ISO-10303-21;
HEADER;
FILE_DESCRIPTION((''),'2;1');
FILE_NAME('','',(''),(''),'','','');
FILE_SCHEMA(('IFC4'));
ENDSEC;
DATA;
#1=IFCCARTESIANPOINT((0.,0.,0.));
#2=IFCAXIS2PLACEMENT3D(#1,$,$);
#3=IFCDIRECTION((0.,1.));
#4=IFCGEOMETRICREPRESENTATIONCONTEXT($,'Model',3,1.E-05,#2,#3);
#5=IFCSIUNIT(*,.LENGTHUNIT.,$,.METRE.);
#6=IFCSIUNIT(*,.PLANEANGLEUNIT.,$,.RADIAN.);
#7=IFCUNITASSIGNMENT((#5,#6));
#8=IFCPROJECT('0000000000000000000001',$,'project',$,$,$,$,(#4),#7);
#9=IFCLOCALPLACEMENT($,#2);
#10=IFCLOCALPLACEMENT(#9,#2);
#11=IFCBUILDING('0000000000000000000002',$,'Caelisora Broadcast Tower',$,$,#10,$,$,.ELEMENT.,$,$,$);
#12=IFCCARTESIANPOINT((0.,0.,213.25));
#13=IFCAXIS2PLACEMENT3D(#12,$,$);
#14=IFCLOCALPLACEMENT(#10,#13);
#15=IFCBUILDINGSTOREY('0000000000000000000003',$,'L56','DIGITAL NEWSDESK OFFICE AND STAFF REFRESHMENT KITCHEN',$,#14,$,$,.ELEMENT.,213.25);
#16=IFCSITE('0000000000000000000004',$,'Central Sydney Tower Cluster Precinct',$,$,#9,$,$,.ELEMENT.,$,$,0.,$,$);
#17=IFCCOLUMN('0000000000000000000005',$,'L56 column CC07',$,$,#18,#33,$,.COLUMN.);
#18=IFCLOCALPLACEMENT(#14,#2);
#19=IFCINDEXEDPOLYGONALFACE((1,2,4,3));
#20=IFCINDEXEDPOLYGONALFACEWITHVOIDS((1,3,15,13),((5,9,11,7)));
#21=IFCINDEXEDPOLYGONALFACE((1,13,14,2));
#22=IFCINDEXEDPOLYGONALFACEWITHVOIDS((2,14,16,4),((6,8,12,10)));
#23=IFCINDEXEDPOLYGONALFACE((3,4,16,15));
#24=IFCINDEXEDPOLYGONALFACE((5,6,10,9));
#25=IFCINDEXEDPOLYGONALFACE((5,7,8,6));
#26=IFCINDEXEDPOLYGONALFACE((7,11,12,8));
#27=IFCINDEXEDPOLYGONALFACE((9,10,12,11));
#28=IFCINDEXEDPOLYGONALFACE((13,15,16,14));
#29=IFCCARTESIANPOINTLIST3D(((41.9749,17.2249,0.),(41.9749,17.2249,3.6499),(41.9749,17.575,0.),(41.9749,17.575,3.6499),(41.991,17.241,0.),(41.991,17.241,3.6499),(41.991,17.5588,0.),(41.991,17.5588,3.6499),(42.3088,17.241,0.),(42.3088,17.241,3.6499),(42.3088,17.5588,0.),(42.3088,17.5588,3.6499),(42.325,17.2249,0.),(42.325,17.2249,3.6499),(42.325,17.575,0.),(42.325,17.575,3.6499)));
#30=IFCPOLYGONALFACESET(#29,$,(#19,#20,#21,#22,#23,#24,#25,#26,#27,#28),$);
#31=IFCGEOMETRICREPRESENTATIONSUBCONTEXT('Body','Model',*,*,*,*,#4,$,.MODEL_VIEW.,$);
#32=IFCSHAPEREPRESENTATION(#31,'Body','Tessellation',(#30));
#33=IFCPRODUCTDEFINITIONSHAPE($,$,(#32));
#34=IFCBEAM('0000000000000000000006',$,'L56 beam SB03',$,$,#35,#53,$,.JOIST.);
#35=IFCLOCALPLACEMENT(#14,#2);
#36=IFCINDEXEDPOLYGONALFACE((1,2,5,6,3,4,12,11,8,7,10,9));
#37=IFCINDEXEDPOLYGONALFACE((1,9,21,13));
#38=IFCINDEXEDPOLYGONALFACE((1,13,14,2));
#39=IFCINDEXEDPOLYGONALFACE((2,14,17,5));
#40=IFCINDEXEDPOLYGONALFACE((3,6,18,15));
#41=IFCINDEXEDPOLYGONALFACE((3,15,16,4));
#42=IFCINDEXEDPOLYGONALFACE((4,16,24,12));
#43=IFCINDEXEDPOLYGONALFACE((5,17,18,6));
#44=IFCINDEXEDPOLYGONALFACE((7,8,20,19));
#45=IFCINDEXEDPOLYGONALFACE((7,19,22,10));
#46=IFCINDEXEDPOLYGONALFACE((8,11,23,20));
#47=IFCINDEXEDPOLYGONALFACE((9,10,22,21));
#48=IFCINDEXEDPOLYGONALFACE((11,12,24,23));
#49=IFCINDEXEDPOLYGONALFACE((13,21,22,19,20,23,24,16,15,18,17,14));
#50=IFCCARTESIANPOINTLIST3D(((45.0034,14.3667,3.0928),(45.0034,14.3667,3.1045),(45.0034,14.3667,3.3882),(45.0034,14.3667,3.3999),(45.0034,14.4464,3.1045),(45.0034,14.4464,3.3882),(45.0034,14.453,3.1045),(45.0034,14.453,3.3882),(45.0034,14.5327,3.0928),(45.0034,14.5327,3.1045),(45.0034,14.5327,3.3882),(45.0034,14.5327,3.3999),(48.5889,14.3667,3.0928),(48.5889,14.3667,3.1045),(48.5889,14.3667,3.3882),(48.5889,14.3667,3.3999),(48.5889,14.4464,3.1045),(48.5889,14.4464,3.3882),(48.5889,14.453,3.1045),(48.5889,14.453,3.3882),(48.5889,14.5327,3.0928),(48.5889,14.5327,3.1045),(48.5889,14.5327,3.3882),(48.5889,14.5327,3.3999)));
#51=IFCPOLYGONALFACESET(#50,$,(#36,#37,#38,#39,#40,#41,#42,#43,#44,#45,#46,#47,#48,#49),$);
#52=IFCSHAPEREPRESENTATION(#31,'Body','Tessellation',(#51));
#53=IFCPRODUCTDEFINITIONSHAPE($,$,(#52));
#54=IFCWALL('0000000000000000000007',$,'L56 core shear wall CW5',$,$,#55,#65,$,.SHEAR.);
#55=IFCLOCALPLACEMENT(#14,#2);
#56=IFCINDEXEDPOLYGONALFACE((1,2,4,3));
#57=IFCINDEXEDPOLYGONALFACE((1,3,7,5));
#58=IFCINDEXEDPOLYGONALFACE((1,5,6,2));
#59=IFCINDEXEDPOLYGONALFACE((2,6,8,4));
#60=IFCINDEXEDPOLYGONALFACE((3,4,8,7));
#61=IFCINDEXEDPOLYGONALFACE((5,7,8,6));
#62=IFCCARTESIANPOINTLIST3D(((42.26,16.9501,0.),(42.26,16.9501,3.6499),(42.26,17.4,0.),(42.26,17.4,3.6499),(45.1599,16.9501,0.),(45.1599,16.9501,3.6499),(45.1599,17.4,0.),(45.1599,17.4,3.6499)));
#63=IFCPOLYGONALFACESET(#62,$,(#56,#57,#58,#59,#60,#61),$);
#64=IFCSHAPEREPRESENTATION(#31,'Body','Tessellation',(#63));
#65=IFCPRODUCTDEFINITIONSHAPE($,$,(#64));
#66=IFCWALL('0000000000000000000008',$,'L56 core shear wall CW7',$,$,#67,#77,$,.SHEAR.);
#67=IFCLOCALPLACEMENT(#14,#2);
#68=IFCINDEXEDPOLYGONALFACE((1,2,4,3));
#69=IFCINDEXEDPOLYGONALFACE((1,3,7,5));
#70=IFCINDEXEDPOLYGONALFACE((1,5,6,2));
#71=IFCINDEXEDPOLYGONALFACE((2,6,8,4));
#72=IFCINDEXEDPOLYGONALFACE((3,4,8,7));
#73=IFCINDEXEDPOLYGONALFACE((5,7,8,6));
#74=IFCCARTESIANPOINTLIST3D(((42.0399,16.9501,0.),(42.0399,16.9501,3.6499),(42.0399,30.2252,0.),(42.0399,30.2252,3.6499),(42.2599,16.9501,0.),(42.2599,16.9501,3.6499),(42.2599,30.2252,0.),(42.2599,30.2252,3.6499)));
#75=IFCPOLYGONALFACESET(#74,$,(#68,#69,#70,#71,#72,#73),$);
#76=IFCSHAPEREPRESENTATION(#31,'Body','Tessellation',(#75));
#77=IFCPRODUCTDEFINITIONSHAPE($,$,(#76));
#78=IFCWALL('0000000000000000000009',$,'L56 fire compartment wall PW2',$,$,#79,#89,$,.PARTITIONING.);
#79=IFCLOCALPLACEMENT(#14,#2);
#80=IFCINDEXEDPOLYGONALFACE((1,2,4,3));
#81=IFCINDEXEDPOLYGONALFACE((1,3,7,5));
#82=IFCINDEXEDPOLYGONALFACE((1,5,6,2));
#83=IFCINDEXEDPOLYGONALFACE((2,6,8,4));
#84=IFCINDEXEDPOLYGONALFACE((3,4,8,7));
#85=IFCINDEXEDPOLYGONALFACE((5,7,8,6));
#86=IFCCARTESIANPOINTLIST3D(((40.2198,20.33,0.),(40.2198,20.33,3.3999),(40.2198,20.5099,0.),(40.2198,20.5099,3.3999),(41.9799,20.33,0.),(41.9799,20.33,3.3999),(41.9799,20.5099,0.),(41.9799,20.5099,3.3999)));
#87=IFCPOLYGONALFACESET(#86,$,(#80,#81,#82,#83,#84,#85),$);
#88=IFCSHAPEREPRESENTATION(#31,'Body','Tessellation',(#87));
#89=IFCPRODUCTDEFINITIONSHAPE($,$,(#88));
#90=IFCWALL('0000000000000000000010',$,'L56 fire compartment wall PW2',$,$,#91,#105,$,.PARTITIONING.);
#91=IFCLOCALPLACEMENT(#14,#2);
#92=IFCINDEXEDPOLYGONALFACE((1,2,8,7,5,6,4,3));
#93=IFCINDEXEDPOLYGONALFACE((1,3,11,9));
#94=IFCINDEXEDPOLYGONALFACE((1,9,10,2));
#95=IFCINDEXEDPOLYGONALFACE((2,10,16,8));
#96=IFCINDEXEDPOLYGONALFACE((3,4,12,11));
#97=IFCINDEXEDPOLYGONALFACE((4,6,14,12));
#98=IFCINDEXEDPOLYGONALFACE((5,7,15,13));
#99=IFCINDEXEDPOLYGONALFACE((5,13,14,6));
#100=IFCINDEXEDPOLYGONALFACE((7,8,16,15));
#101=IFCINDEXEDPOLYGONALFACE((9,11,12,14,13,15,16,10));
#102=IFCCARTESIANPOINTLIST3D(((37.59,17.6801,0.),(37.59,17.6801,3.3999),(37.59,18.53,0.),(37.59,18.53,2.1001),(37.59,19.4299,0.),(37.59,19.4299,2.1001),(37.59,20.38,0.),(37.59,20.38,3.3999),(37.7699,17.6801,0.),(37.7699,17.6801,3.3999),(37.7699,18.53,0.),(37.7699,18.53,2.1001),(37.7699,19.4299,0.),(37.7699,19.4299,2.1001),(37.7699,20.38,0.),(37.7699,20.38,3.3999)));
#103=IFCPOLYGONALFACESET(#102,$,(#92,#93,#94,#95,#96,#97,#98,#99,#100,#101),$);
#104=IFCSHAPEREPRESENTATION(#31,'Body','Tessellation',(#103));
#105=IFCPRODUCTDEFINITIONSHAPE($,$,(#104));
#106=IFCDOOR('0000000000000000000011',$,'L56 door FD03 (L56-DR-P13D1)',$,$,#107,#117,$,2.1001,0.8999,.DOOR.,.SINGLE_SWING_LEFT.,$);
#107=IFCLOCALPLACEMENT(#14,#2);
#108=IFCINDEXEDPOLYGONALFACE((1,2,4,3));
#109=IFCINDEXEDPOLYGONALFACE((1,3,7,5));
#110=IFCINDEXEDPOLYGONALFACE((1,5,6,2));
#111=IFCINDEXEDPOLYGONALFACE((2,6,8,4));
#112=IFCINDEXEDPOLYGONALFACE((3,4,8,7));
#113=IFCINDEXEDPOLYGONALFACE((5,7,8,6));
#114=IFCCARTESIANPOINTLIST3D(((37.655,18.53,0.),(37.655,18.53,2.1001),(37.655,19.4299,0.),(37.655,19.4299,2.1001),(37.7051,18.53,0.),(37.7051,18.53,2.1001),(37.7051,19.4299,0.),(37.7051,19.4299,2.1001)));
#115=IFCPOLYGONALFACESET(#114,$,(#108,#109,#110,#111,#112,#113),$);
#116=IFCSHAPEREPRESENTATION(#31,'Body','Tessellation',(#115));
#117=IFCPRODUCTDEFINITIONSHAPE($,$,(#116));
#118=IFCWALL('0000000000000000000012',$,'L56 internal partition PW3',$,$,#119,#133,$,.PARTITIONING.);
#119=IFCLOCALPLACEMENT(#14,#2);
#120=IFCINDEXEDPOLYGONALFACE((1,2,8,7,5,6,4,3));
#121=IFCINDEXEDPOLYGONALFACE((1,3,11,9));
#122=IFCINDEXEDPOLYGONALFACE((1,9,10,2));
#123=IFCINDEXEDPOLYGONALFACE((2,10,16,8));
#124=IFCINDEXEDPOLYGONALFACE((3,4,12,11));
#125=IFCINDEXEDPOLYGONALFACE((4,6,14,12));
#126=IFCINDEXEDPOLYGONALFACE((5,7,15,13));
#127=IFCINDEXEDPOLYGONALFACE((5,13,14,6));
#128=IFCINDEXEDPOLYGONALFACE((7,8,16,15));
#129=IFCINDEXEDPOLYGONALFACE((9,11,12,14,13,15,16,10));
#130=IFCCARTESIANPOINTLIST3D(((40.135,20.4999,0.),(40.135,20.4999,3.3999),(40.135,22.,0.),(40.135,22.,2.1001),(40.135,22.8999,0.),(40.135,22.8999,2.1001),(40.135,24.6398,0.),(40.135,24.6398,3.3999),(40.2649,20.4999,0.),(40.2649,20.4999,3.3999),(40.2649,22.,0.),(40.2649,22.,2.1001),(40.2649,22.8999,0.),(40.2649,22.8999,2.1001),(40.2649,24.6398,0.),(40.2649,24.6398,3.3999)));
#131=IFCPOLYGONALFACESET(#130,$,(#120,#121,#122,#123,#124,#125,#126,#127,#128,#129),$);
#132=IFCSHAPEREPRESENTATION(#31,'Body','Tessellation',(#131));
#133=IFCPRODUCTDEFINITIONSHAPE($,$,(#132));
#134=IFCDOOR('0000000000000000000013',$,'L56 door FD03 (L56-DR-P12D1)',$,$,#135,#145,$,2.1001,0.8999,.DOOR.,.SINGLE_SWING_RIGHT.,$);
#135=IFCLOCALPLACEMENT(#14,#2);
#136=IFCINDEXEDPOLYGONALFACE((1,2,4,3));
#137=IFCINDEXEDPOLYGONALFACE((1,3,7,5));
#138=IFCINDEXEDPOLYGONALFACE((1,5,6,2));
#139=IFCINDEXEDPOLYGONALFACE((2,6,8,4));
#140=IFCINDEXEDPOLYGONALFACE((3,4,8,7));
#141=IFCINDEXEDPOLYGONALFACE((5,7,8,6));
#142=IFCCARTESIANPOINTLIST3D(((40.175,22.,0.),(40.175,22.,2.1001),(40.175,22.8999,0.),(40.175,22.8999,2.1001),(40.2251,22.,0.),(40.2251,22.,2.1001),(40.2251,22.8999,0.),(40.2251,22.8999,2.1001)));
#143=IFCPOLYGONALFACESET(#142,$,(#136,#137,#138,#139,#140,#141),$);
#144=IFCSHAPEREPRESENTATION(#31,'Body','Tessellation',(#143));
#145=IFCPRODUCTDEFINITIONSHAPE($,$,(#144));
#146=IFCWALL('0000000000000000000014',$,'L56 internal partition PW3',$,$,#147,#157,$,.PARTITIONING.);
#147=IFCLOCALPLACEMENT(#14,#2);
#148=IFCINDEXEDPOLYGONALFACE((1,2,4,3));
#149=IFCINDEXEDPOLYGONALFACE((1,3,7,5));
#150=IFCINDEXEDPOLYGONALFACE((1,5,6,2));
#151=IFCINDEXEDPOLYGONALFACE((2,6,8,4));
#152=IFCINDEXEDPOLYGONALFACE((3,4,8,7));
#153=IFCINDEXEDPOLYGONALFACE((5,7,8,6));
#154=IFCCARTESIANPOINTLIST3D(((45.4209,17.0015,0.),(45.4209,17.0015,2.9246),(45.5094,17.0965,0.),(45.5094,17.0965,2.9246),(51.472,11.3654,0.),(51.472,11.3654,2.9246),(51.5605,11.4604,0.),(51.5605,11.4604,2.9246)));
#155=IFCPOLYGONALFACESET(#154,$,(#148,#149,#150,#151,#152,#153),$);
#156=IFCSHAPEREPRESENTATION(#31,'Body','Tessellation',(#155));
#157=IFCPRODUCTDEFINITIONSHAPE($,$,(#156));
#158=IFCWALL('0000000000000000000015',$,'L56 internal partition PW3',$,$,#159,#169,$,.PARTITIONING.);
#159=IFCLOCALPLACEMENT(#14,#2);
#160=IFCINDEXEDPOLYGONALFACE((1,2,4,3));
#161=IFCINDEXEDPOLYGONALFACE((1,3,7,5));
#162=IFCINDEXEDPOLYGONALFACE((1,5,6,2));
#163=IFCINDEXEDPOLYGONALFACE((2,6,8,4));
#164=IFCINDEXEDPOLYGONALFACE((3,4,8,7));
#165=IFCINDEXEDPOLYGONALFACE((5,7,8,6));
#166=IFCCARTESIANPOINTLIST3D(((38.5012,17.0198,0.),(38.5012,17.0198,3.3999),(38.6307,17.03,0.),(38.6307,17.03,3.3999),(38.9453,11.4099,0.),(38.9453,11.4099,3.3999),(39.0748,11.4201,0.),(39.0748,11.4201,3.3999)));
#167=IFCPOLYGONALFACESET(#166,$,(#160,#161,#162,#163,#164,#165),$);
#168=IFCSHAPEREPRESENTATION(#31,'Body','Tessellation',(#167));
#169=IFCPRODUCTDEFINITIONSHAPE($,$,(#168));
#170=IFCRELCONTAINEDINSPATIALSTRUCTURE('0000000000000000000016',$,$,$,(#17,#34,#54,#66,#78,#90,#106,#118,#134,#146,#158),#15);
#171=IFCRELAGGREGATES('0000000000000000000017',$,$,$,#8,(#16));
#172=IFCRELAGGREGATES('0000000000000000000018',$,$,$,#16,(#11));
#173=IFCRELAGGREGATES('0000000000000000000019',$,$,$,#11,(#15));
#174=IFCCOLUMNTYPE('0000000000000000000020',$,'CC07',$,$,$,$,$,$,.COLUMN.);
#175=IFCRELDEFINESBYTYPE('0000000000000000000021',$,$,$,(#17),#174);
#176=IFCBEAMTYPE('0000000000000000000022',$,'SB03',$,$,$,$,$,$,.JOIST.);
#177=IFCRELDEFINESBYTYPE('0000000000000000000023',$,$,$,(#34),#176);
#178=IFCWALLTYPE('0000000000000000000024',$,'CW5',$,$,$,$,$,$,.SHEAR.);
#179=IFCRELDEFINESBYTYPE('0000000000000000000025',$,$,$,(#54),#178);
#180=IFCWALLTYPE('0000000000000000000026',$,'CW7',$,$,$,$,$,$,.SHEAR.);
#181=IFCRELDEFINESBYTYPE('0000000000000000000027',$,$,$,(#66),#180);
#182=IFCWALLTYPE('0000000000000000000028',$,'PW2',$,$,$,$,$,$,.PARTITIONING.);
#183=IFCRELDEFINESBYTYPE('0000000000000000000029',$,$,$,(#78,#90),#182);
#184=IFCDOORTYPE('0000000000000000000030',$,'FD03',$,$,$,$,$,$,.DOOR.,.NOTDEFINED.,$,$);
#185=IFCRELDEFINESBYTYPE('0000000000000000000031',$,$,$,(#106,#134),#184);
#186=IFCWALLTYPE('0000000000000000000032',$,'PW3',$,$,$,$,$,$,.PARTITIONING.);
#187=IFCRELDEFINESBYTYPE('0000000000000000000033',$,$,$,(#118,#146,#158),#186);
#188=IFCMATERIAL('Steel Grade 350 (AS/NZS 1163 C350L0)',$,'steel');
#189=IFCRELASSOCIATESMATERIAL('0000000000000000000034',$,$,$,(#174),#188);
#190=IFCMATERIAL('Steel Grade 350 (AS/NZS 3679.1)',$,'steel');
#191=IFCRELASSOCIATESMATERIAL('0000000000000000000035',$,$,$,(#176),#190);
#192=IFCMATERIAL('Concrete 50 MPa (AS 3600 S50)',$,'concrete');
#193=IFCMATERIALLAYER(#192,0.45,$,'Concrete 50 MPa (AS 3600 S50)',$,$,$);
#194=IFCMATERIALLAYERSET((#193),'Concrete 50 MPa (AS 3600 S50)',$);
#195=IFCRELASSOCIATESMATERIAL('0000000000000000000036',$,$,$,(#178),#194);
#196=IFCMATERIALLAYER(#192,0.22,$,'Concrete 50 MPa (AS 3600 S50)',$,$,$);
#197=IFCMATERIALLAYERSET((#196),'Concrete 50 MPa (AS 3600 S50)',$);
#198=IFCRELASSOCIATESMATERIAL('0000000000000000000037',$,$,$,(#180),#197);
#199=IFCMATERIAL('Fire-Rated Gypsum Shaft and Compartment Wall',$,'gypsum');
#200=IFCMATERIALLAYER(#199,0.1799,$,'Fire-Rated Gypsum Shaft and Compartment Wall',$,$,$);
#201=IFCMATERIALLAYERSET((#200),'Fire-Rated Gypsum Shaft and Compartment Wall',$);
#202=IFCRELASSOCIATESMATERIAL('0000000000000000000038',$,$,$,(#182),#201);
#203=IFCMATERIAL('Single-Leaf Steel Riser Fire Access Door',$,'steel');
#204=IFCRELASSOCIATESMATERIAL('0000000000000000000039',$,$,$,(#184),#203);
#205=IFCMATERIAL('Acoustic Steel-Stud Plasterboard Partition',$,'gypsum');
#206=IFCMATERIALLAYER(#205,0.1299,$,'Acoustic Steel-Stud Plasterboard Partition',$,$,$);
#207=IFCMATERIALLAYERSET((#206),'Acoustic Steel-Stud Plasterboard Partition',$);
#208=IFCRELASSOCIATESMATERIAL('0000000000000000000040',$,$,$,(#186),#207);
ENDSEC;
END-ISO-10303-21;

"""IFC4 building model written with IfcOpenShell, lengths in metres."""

from ifc_helpers import new_model, si_unit, direction, frame, frame_2d, origin, origin_2d, place, context, subcontext, project, spatial, rectangle, hollow_rectangle, i_section, extrude, source, transform, mapped, material, layer, layer_set, material_profile, profile_set, type_object, type_shapes, element, fill, save


model = new_model("IFC4")

# Units and contexts
model_context = context("Model", 3, precision=1e-05, world=origin(), true_north=direction((0.0, 1.0)))
body_context = subcontext(model_context, "Body", "Model", "MODEL_VIEW")
ifc_project = project(units=[si_unit("LENGTHUNIT", "METRE"), si_unit("PLANEANGLEUNIT", "RADIAN")], contexts=[model_context])

# Site, building, storey
site_placement = place(None, origin())
site = spatial("IfcSite", under=ifc_project, at=site_placement, Name="Central Sydney Tower Cluster Precinct", CompositionType="ELEMENT", RefElevation=0.0)
building_placement = place(site_placement, origin())
building = spatial("IfcBuilding", under=site, at=building_placement, Name="Caelisora Broadcast Tower", CompositionType="ELEMENT")
storey_placement = place(building_placement, frame((0.0, 0.0, 213.25)))
storey = spatial("IfcBuildingStorey", under=building, at=storey_placement, Name="L56", Description="DIGITAL NEWSDESK OFFICE AND STAFF REFRESHMENT KITCHEN", CompositionType="ELEMENT", Elevation=213.25)

# Column
ifc_material_1 = material(Name="Steel Grade 350 (AS/NZS 1163 C350L0)", Category="steel")
ifc_material_profile_1 = material_profile(ifc_material_1, hollow_rectangle(XDim=0.3501, YDim=0.3501, WallThickness=0.0161, at=origin_2d()), Name="Steel Grade 350 (AS/NZS 1163 C350L0)")
ifc_profile_set_1 = profile_set([ifc_material_profile_1], Name="Steel Grade 350 (AS/NZS 1163 C350L0)")
column_type = type_object("IfcColumnType", Name="CC07", PredefinedType="COLUMN", material=ifc_profile_set_1)
shared_shape_1 = source(origin(), body_context, "Body", "SweptSolid", [
    extrude(hollow_rectangle(XDim=0.3501, YDim=0.3501, WallThickness=0.0161, at=origin_2d()), origin(), (0.0, 0.0, 1.0), 3.6499),
])
type_shapes(column_type, [shared_shape_1])
column_placement = place(storey_placement, frame((42.1499, 17.3999, 0.0), z_axis=(0.0, 0.0, 1.0), x_axis=(1.0, 0.0, 0.0)))
element("IfcColumn", 1, at=column_placement, inside=storey, type_object=column_type, Name="L56 column CC07", PredefinedType="COLUMN", context=body_context, shape_type="MappedRepresentation", body=[
    mapped(shared_shape_1, transform((0.0, 0.0, 0.0), scale=1.0)),
])

# Beam
ifc_material_2 = material(Name="Steel Grade 350 (AS/NZS 3679.1)", Category="steel")
ifc_material_profile_2 = material_profile(ifc_material_2, i_section(OverallWidth=0.166, OverallDepth=0.3071, WebThickness=0.0066, FlangeThickness=0.0117, at=origin_2d()), Name="Steel Grade 350 (AS/NZS 3679.1)")
ifc_profile_set_2 = profile_set([ifc_material_profile_2], Name="Steel Grade 350 (AS/NZS 3679.1)")
beam_type = type_object("IfcBeamType", Name="SB03", PredefinedType="JOIST", material=ifc_profile_set_2)
shared_shape_2 = source(origin(), body_context, "Body", "SweptSolid", [
    extrude(i_section(OverallWidth=0.166, OverallDepth=0.3071, WebThickness=0.0066, FlangeThickness=0.0117, at=origin_2d()), origin(), (0.0, 0.0, 1.0), 3.5854),
])
type_shapes(beam_type, [shared_shape_2])
beam_placement = place(storey_placement, frame((45.0034, 14.4497, 3.2463), z_axis=(1.0, 0.0, 0.0), x_axis=(0.0, 1.0, 0.0)))
element("IfcBeam", 2, at=beam_placement, inside=storey, type_object=beam_type, Name="L56 beam SB03", PredefinedType="JOIST", context=body_context, shape_type="MappedRepresentation", body=[
    mapped(shared_shape_2, transform((0.0, 0.0, 0.0), scale=1.0)),
])

# Shared definitions
ifc_material_3 = material(Name="Concrete 50 MPa (AS 3600 S50)", Category="concrete")

# Walls
ifc_layer_1 = layer(ifc_material_3, 0.45, Name="Concrete 50 MPa (AS 3600 S50)")
ifc_layer_set_1 = layer_set([ifc_layer_1], Name="Concrete 50 MPa (AS 3600 S50)")
wall_type_1 = type_object("IfcWallType", Name="CW5", PredefinedType="SHEAR", material=ifc_layer_set_1)
wall_1_placement = place(storey_placement, frame((42.26, 17.175, 0.0), z_axis=(0.0, 0.0, 1.0), x_axis=(1.0, 0.0, 0.0)))
element("IfcWall", 3, at=wall_1_placement, inside=storey, type_object=wall_type_1, Name="L56 core shear wall CW5", PredefinedType="SHEAR", context=body_context, shape_type="SweptSolid", body=[
    extrude(rectangle(XDim=2.8999, YDim=0.45, at=frame_2d((1.45, 0.0))), origin(), (0.0, 0.0, 1.0), 3.6499),
])
ifc_layer_2 = layer(ifc_material_3, 0.22, Name="Concrete 50 MPa (AS 3600 S50)")
ifc_layer_set_2 = layer_set([ifc_layer_2], Name="Concrete 50 MPa (AS 3600 S50)")
wall_type_2 = type_object("IfcWallType", Name="CW7", PredefinedType="SHEAR", material=ifc_layer_set_2)
wall_2_placement = place(storey_placement, frame((42.1499, 16.95, 0.0), z_axis=(0.0, 0.0, 1.0), x_axis=(0.0, 1.0, 0.0)))
element("IfcWall", 4, at=wall_2_placement, inside=storey, type_object=wall_type_2, Name="L56 core shear wall CW7", PredefinedType="SHEAR", context=body_context, shape_type="SweptSolid", body=[
    extrude(rectangle(XDim=13.2751, YDim=0.22, at=frame_2d((6.6377, 0.0))), origin(), (0.0, 0.0, 1.0), 3.6499),
])
ifc_material_4 = material(Name="Fire-Rated Gypsum Shaft and Compartment Wall", Category="gypsum")
ifc_layer_3 = layer(ifc_material_4, 0.1799, Name="Fire-Rated Gypsum Shaft and Compartment Wall")
ifc_layer_set_3 = layer_set([ifc_layer_3], Name="Fire-Rated Gypsum Shaft and Compartment Wall")
wall_type_3 = type_object("IfcWallType", Name="PW2", PredefinedType="PARTITIONING", material=ifc_layer_set_3)
wall_3_placement = place(storey_placement, frame((40.22, 20.4199, 0.0), z_axis=(0.0, 0.0, 1.0), x_axis=(1.0, 0.0, 0.0)))
element("IfcWall", 5, at=wall_3_placement, inside=storey, type_object=wall_type_3, Name="L56 fire compartment wall PW2", PredefinedType="PARTITIONING", context=body_context, shape_type="SweptSolid", body=[
    extrude(rectangle(XDim=1.76, YDim=0.1799, at=frame_2d((0.8799, 0.0))), origin(), (0.0, 0.0, 1.0), 3.3999),
])

# Walls, openings, doors
wall_4_placement = place(storey_placement, frame((37.6799, 17.6799, 0.0), z_axis=(0.0, 0.0, 1.0), x_axis=(0.0, 1.0, 0.0)))
wall_4 = element("IfcWall", 6, at=wall_4_placement, inside=storey, type_object=wall_type_3, Name="L56 fire compartment wall PW2", PredefinedType="PARTITIONING", context=body_context, shape_type="SweptSolid", body=[
    extrude(rectangle(XDim=2.7, YDim=0.1799, at=frame_2d((1.3501, 0.0))), origin(), (0.0, 0.0, 1.0), 3.3999),
])
opening_1_placement = place(wall_4_placement, frame((0.8501, 0.0, 0.0)))
opening_1 = element("IfcOpeningElement", 7, at=opening_1_placement, cuts=wall_4, PredefinedType="OPENING", context=body_context, shape_type="SweptSolid", body=[
    extrude(rectangle(XDim=0.8999, YDim=2.1001, at=frame_2d((0.45, 1.05))), frame((0.0, 0.1021, 0.0), z_axis=(0.0, -1.0, 0.0), x_axis=(1.0, 0.0, 0.0)), (0.0, 0.0, 1.0), 0.2039),
])
ifc_material_5 = material(Name="Single-Leaf Steel Riser Fire Access Door", Category="steel")
door_type_1 = type_object("IfcDoorType", Name="FD03", OperationType="NOTDEFINED", PredefinedType="DOOR", material=ifc_material_5)
door_1_placement = place(opening_1_placement, origin())
door_1 = element("IfcDoor", 8, at=door_1_placement, inside=storey, type_object=door_type_1, Name="L56 door FD03 (L56-DR-P13D1)", OperationType="SINGLE_SWING_LEFT", OverallHeight=2.1001, OverallWidth=0.8999, PredefinedType="DOOR", context=body_context, shape_type="SweptSolid", body=[
    extrude(rectangle(XDim=0.8999, YDim=2.1001, at=frame_2d((0.45, 1.05))), frame((0.0, 0.0249, 0.0), z_axis=(0.0, -1.0, 0.0), x_axis=(1.0, 0.0, 0.0)), (0.0, 0.0, 1.0), 0.05),
])
fill(opening_1, door_1)
ifc_material_6 = material(Name="Acoustic Steel-Stud Plasterboard Partition", Category="gypsum")
ifc_layer_4 = layer(ifc_material_6, 0.1299, Name="Acoustic Steel-Stud Plasterboard Partition")
ifc_layer_set_4 = layer_set([ifc_layer_4], Name="Acoustic Steel-Stud Plasterboard Partition")
wall_type_4 = type_object("IfcWallType", Name="PW3", PredefinedType="PARTITIONING", material=ifc_layer_set_4)
wall_5_placement = place(storey_placement, frame((40.2, 20.5, 0.0), z_axis=(0.0, 0.0, 1.0), x_axis=(0.0, 1.0, 0.0)))
wall_5 = element("IfcWall", 9, at=wall_5_placement, inside=storey, type_object=wall_type_4, Name="L56 internal partition PW3", PredefinedType="PARTITIONING", context=body_context, shape_type="SweptSolid", body=[
    extrude(rectangle(XDim=4.1399, YDim=0.1299, at=frame_2d((2.0698, 0.0))), origin(), (0.0, 0.0, 1.0), 3.3999),
])
opening_2_placement = place(wall_5_placement, frame((1.5, 0.0, 0.0)))
opening_2 = element("IfcOpeningElement", 10, at=opening_2_placement, cuts=wall_5, PredefinedType="OPENING", context=body_context, shape_type="SweptSolid", body=[
    extrude(rectangle(XDim=0.8999, YDim=2.1001, at=frame_2d((0.45, 1.05))), frame((0.0, 0.0769, 0.0), z_axis=(0.0, -1.0, 0.0), x_axis=(1.0, 0.0, 0.0)), (0.0, 0.0, 1.0), 0.1538),
])
door_2_placement = place(opening_2_placement, origin())
door_2 = element("IfcDoor", 11, at=door_2_placement, inside=storey, type_object=door_type_1, Name="L56 door FD03 (L56-DR-P12D1)", OperationType="SINGLE_SWING_RIGHT", OverallHeight=2.1001, OverallWidth=0.8999, PredefinedType="DOOR", context=body_context, shape_type="SweptSolid", body=[
    extrude(rectangle(XDim=0.8999, YDim=2.1001, at=frame_2d((0.45, 1.05))), frame((0.0, 0.0249, 0.0), z_axis=(0.0, -1.0, 0.0), x_axis=(1.0, 0.0, 0.0)), (0.0, 0.0, 1.0), 0.05),
])
fill(opening_2, door_2)

# Walls
wall_6_placement = place(storey_placement, frame((45.4651, 17.0491, 0.0), z_axis=(0.0, 0.0, 1.0), x_axis=(0.731757, -0.681566, 0.0)))
element("IfcWall", 12, at=wall_6_placement, inside=storey, type_object=wall_type_4, Name="L56 internal partition PW3", PredefinedType="PARTITIONING", context=body_context, shape_type="SweptSolid", body=[
    extrude(rectangle(XDim=8.2693, YDim=0.1299, at=frame_2d((4.1348, 0.0))), origin(), (0.0, 0.0, 1.0), 2.9246),
])
wall_7_placement = place(storey_placement, frame((38.5659, 17.0249, 0.0), z_axis=(0.0, 0.0, 1.0), x_axis=(0.078916, -0.996881, 0.0)))
element("IfcWall", 13, at=wall_7_placement, inside=storey, type_object=wall_type_4, Name="L56 internal partition PW3", PredefinedType="PARTITIONING", context=body_context, shape_type="SweptSolid", body=[
    extrude(rectangle(XDim=5.6274, YDim=0.1299, at=frame_2d((2.8137, 0.0))), origin(), (0.0, 0.0, 1.0), 3.3999),
])

save(model, "model.ifc")
